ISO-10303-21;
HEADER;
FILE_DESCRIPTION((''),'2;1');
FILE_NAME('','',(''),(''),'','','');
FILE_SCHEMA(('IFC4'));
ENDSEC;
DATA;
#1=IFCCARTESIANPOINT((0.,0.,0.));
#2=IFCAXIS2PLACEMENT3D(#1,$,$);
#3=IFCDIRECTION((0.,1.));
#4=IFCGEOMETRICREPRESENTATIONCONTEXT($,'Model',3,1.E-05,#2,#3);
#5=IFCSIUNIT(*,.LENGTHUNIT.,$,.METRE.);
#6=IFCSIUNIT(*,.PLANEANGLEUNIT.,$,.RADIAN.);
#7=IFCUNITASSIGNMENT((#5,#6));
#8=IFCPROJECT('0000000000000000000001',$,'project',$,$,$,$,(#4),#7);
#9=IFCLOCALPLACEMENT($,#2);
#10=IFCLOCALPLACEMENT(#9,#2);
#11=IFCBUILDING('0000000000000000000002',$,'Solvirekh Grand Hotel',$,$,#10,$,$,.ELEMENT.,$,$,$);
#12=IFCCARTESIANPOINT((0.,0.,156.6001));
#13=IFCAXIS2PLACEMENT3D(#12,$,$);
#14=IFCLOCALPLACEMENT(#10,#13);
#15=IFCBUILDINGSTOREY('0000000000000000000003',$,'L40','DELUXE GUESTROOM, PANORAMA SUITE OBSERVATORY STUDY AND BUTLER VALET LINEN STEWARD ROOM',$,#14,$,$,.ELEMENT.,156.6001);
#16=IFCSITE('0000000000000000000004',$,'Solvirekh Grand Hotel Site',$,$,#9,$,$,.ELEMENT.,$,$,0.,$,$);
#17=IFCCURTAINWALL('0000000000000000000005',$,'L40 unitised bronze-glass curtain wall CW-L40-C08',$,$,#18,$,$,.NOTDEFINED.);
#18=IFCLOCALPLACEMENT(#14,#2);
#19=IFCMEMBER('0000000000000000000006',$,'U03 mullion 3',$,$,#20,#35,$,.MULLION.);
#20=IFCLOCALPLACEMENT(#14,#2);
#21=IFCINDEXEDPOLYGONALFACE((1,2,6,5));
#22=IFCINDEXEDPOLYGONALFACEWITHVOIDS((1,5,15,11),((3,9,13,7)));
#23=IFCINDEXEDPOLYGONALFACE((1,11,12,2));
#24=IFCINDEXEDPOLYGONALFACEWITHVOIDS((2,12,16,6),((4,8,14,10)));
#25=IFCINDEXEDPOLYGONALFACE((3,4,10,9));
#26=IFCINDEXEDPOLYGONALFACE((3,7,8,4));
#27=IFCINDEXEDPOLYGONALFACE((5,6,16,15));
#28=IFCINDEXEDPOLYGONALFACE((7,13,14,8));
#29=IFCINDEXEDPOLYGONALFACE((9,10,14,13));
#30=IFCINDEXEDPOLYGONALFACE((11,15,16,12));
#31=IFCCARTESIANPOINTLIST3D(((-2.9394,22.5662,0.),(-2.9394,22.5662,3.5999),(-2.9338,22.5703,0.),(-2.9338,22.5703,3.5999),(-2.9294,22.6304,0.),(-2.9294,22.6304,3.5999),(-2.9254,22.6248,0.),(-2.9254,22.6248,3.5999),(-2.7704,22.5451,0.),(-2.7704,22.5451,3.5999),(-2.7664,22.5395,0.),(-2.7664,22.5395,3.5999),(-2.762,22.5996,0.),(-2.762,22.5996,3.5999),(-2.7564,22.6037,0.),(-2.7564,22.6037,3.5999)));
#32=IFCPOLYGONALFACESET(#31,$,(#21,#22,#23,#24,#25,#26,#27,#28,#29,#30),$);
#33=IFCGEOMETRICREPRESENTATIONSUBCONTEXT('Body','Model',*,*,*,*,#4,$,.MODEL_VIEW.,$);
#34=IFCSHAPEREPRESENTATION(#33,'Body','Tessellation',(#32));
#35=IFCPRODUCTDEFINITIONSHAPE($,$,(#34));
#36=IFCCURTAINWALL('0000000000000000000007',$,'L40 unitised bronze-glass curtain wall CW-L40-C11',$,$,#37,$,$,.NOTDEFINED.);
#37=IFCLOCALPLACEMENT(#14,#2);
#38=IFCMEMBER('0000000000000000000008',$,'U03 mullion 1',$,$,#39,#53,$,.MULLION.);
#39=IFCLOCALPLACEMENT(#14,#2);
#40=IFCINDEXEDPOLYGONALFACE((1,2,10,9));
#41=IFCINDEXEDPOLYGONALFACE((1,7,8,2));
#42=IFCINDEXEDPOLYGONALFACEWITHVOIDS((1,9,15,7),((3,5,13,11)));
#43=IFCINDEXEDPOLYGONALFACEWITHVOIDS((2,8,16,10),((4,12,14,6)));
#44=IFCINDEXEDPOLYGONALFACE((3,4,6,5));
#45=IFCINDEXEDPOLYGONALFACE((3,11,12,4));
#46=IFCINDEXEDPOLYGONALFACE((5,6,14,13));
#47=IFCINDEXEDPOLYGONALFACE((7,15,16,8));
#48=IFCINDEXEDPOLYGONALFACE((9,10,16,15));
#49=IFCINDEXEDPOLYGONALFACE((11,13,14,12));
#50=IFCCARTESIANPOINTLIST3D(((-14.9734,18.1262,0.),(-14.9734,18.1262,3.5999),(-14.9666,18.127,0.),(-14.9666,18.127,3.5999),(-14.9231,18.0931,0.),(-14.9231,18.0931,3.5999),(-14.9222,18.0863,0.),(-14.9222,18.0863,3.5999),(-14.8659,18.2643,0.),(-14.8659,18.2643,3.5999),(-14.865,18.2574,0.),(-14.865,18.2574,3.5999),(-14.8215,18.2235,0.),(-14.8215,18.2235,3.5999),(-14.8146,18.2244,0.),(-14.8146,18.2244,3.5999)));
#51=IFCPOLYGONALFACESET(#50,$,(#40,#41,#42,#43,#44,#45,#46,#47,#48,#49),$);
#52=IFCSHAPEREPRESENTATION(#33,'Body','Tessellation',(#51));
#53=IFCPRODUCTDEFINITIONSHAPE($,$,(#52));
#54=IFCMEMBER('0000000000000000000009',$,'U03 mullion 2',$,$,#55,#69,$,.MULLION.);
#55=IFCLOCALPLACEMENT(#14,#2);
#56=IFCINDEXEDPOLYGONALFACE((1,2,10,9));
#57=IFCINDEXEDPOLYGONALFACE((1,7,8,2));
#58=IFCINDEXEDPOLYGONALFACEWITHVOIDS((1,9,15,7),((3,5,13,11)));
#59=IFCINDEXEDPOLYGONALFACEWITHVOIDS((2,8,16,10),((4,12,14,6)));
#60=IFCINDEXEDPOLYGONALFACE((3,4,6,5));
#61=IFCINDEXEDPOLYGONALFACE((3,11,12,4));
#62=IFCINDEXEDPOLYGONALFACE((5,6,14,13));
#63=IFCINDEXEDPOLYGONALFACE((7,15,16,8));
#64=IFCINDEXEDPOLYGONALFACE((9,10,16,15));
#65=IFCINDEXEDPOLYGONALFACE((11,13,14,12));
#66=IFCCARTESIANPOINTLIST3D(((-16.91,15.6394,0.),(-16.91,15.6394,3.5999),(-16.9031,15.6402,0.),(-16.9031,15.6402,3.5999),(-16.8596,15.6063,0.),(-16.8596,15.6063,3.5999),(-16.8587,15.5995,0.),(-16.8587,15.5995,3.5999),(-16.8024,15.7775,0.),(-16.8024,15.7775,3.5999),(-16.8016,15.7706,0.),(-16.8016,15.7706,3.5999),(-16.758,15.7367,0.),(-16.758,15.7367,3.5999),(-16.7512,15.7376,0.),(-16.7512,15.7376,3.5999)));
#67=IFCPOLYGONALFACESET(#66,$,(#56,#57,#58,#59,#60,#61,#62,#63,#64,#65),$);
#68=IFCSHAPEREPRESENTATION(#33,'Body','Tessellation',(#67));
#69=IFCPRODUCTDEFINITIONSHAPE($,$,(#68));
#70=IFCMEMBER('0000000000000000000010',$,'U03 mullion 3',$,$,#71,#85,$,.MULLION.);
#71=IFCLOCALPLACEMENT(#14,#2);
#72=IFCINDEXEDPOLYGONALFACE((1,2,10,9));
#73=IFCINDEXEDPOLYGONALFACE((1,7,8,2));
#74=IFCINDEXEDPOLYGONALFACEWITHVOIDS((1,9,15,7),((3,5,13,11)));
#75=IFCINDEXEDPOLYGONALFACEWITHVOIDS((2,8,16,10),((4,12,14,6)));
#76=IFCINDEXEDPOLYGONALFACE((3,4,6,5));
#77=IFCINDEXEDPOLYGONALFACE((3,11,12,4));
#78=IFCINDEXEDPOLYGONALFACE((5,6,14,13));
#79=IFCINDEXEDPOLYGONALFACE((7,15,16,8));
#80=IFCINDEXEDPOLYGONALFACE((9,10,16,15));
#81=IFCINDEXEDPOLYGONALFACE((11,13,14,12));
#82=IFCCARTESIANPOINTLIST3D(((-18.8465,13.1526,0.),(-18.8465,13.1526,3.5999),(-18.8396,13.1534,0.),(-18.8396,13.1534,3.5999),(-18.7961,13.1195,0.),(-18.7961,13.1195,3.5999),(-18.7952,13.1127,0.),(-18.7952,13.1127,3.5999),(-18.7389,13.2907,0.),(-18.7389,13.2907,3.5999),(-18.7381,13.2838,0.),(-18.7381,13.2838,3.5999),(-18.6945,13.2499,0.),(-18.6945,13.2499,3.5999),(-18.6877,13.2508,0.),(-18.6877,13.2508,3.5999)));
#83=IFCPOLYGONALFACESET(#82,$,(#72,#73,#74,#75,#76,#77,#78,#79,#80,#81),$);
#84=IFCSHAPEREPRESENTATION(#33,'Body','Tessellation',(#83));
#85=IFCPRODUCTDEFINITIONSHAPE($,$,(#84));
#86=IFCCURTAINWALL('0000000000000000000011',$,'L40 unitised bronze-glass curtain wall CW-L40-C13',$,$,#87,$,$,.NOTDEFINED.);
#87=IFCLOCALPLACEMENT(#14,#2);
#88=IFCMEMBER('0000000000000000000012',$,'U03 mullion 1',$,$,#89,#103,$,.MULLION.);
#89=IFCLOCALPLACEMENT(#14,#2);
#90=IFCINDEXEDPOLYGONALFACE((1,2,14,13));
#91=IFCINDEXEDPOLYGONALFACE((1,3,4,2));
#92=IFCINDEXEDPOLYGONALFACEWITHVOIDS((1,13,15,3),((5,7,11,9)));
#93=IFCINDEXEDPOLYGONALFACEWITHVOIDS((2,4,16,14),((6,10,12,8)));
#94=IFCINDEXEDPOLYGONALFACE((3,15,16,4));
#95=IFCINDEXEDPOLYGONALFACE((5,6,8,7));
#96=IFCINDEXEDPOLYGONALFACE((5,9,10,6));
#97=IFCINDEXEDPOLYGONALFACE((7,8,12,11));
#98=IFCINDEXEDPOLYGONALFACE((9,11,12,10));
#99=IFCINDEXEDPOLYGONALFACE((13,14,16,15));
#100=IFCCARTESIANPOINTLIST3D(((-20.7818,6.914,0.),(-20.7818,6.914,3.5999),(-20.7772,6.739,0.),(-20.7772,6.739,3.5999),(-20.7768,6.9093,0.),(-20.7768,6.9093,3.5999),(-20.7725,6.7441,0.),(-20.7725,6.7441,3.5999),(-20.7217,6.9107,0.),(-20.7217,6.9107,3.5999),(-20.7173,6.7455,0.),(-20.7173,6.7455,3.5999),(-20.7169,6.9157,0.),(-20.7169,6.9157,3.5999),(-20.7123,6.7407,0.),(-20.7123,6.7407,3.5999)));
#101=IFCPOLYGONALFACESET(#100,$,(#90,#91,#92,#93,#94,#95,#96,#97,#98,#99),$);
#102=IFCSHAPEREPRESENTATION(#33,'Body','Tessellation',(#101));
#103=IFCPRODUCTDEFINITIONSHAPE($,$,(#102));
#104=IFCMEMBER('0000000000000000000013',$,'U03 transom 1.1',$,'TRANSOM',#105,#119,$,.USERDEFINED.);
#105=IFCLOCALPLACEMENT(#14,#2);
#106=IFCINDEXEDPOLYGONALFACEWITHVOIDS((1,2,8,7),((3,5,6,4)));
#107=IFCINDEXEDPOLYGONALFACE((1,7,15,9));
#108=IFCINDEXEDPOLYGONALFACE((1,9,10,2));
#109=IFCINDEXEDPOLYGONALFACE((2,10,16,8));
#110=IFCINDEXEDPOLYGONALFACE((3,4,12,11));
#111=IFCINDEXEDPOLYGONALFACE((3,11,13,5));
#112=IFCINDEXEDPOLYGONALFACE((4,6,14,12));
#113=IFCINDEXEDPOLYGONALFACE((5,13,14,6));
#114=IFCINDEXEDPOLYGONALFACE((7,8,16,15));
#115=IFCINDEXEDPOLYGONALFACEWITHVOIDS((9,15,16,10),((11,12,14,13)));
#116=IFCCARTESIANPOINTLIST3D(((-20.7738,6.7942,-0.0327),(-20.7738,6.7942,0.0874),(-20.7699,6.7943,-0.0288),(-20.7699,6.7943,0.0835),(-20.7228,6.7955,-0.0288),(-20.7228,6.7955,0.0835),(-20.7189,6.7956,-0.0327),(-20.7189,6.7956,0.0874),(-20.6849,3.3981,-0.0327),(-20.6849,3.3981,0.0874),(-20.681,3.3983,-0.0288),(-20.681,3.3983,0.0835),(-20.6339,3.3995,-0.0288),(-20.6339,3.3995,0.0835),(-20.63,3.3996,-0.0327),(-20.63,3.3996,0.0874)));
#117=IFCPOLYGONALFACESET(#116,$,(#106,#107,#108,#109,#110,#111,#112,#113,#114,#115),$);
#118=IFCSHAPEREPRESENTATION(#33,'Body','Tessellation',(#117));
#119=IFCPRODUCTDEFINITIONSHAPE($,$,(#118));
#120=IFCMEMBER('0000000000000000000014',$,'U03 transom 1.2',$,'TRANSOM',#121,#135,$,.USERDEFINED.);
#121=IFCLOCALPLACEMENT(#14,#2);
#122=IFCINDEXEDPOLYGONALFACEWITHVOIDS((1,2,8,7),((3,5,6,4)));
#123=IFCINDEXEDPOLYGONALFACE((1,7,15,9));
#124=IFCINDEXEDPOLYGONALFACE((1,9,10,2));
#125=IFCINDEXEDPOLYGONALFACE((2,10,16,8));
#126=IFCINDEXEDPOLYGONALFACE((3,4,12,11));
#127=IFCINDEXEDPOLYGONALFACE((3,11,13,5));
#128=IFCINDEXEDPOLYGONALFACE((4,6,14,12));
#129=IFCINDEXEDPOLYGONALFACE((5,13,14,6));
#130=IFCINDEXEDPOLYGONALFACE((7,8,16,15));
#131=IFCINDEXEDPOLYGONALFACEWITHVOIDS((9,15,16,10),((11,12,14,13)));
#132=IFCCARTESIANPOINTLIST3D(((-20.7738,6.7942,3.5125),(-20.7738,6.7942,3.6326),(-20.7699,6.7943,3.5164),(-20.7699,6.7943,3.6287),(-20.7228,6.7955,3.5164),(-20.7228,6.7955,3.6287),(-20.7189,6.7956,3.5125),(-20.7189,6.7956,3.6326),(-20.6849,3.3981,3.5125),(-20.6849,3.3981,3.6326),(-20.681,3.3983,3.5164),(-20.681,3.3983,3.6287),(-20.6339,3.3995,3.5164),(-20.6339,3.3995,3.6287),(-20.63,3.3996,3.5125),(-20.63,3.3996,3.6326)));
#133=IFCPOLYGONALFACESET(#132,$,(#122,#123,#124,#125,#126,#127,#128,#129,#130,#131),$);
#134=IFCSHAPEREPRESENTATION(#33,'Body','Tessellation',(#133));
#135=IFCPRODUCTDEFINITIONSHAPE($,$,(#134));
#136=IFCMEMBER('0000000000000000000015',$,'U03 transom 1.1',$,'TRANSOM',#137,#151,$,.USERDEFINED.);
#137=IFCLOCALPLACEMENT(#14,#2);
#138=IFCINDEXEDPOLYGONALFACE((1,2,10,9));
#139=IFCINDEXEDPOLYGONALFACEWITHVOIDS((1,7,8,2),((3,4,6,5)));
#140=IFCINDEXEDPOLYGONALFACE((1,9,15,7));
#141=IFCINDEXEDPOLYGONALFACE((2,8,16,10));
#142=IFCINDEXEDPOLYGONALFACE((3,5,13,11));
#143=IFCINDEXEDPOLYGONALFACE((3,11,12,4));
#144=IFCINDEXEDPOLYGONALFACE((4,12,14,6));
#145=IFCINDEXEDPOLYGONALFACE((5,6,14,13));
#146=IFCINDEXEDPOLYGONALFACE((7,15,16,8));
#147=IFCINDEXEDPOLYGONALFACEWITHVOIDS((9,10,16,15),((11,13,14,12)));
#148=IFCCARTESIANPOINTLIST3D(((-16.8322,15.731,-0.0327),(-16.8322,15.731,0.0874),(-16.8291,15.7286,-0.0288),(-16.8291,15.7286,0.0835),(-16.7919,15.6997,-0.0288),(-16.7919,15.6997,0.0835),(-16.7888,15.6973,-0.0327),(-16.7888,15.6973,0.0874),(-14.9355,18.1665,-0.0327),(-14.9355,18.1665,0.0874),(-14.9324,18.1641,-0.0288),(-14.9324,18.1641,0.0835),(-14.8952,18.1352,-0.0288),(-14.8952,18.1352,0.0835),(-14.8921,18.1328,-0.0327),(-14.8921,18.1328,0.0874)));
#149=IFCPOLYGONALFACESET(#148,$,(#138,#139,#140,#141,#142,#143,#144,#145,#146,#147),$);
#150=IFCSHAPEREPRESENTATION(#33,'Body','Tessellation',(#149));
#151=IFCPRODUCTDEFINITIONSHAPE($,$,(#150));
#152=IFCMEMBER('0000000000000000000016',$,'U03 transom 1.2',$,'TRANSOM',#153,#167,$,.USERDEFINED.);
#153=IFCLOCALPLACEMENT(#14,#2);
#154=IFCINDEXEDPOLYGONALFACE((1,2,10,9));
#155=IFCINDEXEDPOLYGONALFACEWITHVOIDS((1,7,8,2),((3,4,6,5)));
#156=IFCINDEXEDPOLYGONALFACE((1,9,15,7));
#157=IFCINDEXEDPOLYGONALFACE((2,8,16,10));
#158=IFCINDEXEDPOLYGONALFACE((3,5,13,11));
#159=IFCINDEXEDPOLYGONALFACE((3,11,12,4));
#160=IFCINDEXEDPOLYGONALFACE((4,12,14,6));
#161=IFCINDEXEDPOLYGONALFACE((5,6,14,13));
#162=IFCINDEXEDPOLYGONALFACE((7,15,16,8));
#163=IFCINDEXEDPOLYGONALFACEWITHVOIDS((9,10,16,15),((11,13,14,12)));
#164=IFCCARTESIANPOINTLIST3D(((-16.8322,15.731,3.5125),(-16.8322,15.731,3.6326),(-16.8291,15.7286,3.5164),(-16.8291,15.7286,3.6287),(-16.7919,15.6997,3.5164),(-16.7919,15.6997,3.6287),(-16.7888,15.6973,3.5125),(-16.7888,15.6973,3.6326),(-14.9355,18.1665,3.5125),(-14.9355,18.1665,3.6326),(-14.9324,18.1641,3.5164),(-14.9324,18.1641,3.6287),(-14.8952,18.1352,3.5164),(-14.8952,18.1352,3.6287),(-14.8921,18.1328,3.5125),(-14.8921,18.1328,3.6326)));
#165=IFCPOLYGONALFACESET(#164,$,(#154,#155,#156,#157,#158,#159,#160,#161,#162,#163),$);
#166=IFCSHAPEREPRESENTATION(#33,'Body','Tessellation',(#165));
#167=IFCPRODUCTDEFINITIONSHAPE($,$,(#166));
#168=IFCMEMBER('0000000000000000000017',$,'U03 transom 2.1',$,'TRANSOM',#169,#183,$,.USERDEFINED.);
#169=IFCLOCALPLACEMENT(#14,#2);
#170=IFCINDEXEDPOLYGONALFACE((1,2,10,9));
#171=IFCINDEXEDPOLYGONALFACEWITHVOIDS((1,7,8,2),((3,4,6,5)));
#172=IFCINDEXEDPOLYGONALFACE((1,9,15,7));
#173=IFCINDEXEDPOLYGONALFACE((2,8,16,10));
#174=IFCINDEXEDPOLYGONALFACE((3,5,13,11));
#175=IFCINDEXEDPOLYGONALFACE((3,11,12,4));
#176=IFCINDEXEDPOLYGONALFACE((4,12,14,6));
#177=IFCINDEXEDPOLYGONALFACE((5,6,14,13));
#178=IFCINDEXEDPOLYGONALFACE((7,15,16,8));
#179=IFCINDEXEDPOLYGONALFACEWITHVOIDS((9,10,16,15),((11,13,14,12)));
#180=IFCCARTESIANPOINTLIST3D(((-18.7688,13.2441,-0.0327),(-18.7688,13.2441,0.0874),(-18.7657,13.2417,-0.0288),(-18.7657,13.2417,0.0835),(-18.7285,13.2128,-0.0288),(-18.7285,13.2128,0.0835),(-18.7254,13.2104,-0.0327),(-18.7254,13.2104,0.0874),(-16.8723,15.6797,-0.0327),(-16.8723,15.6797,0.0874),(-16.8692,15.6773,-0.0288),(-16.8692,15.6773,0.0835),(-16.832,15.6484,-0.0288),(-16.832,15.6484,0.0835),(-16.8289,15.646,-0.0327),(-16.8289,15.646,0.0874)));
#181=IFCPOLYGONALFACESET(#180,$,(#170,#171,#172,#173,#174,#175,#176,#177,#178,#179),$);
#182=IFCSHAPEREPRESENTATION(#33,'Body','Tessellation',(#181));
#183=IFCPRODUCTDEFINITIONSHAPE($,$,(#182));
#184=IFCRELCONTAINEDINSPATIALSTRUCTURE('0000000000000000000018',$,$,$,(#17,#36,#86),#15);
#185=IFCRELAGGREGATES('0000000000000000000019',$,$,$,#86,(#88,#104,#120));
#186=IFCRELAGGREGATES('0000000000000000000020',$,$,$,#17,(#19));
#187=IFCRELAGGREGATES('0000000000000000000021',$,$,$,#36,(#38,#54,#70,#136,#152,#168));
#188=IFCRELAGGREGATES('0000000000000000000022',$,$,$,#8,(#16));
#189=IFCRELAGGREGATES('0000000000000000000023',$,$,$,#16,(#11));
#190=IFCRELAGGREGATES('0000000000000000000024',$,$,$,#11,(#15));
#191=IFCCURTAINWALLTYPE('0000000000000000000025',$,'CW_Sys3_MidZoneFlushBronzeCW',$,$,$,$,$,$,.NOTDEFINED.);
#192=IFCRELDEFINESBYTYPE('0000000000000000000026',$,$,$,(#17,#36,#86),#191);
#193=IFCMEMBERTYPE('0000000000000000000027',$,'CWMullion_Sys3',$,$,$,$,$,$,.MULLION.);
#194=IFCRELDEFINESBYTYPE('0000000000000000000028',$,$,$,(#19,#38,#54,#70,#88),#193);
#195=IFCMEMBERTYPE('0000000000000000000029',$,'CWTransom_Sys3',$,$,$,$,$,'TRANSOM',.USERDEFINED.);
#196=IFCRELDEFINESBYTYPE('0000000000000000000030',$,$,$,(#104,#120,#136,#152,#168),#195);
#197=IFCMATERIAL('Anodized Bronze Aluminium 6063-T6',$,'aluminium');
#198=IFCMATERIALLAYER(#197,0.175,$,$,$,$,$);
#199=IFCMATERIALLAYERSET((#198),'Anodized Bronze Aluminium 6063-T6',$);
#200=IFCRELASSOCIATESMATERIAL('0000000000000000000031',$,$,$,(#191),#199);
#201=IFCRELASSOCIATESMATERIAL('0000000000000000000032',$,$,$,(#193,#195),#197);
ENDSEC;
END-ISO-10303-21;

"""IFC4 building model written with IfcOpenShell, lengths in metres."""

from ifc_helpers import new_model, si_unit, direction, frame, origin, origin_2d, place, context, subcontext, project, spatial, hollow_rectangle, extrude, source, transform, mapped, material, layer, layer_set, material_profile, profile_set, type_object, element, aggregate, save


model = new_model("IFC4")

# Units and contexts
model_context = context("Model", 3, precision=1e-05, world=origin(), true_north=direction((0.0, 1.0)))
body_context = subcontext(model_context, "Body", "Model", "MODEL_VIEW")
ifc_project = project(units=[si_unit("LENGTHUNIT", "METRE"), si_unit("PLANEANGLEUNIT", "RADIAN")], contexts=[model_context])

# Site, building, storey
site_placement = place(None, origin())
site = spatial("IfcSite", under=ifc_project, at=site_placement, Name="Solvirekh Grand Hotel Site", CompositionType="ELEMENT", RefElevation=0.0)
building_placement = place(site_placement, origin())
building = spatial("IfcBuilding", under=site, at=building_placement, Name="Solvirekh Grand Hotel", CompositionType="ELEMENT")
storey_placement = place(building_placement, frame((0.0, 0.0, 156.6001)))
storey = spatial("IfcBuildingStorey", under=building, at=storey_placement, Name="L40", Description="DELUXE GUESTROOM, PANORAMA SUITE OBSERVATORY STUDY AND BUTLER VALET LINEN STEWARD ROOM", CompositionType="ELEMENT", Elevation=156.6001)

# Curtain wall, member
ifc_material_1 = material(Name="Anodized Bronze Aluminium 6063-T6", Category="aluminium")
ifc_layer_1 = layer(ifc_material_1, 0.175)
ifc_layer_set_1 = layer_set([ifc_layer_1], Name="Anodized Bronze Aluminium 6063-T6")
curtain_wall_type = type_object("IfcCurtainWallType", Name="CW_Sys3_MidZoneFlushBronzeCW", PredefinedType="NOTDEFINED", material=ifc_layer_set_1)
curtain_wall_1_placement = place(storey_placement, origin())
curtain_wall_1 = element("IfcCurtainWall", 1, at=curtain_wall_1_placement, inside=storey, type_object=curtain_wall_type, Name="L40 unitised bronze-glass curtain wall CW-L40-C08", PredefinedType="NOTDEFINED")
ifc_material_profile_1 = material_profile(ifc_material_1, hollow_rectangle(XDim=0.0649, YDim=0.175, WallThickness=0.0049, at=origin_2d()), Name="ALU RHS 175X65X5")
ifc_profile_set_1 = profile_set([ifc_material_profile_1], Name="Anodized Bronze Aluminium 6063-T6")
member_type_1 = type_object("IfcMemberType", Name="CWMullion_Sys3", PredefinedType="MULLION", material=ifc_profile_set_1)
shared_shape_1 = source(origin(), body_context, "Body", "SweptSolid", [
    extrude(hollow_rectangle(XDim=0.0649, YDim=0.175, WallThickness=0.0049, at=origin_2d()), origin(), (0.0, 0.0, 1.0), 3.5999),
])
member_1_placement = place(storey_placement, frame((-2.8479, 22.585, 0.0), z_axis=(0.0, 0.0, 1.0), x_axis=(-0.152509, -0.988302, 0.0)))
member_1 = element("IfcMember", 2, at=member_1_placement, type_object=member_type_1, Name="U03 mullion 3", PredefinedType="MULLION", context=body_context, shape_type="MappedRepresentation", body=[
    mapped(shared_shape_1, transform((0.0, 0.0, 0.0), x_axis=(1.0, 0.0, 0.0), y_axis=(0.0, 1.0, 0.0), z_axis=(0.0, 0.0, 1.0), scale=1.0)),
])

# Curtain walls, members
curtain_wall_2_placement = place(storey_placement, origin())
curtain_wall_2 = element("IfcCurtainWall", 3, at=curtain_wall_2_placement, inside=storey, type_object=curtain_wall_type, Name="L40 unitised bronze-glass curtain wall CW-L40-C11", PredefinedType="NOTDEFINED")
member_2_placement = place(storey_placement, frame((-14.894, 18.1753, 0.0), z_axis=(0.0, 0.0, 1.0), x_axis=(0.788997, -0.614397, 0.0)))
member_2 = element("IfcMember", 4, at=member_2_placement, type_object=member_type_1, Name="U03 mullion 1", PredefinedType="MULLION", context=body_context, shape_type="MappedRepresentation", body=[
    mapped(shared_shape_1, transform((0.0, 0.0, 0.0), x_axis=(1.0, 0.0, 0.0), y_axis=(0.0, 1.0, 0.0), z_axis=(0.0, 0.0, 1.0), scale=1.0)),
])
member_3_placement = place(storey_placement, frame((-16.8306, 15.6885, 0.0), z_axis=(0.0, 0.0, 1.0), x_axis=(0.788997, -0.614397, 0.0)))
member_3 = element("IfcMember", 5, at=member_3_placement, type_object=member_type_1, Name="U03 mullion 2", PredefinedType="MULLION", context=body_context, shape_type="MappedRepresentation", body=[
    mapped(shared_shape_1, transform((0.0, 0.0, 0.0), x_axis=(1.0, 0.0, 0.0), y_axis=(0.0, 1.0, 0.0), z_axis=(0.0, 0.0, 1.0), scale=1.0)),
])
member_4_placement = place(storey_placement, frame((-18.7671, 13.2017, 0.0), z_axis=(0.0, 0.0, 1.0), x_axis=(0.788997, -0.614397, 0.0)))
member_4 = element("IfcMember", 6, at=member_4_placement, type_object=member_type_1, Name="U03 mullion 3", PredefinedType="MULLION", context=body_context, shape_type="MappedRepresentation", body=[
    mapped(shared_shape_1, transform((0.0, 0.0, 0.0), x_axis=(1.0, 0.0, 0.0), y_axis=(0.0, 1.0, 0.0), z_axis=(0.0, 0.0, 1.0), scale=1.0)),
])
curtain_wall_3_placement = place(storey_placement, origin())
curtain_wall_3 = element("IfcCurtainWall", 7, at=curtain_wall_3_placement, inside=storey, type_object=curtain_wall_type, Name="L40 unitised bronze-glass curtain wall CW-L40-C13", PredefinedType="NOTDEFINED")
member_5_placement = place(storey_placement, frame((-20.7471, 6.8274, 0.0), z_axis=(0.0, 0.0, 1.0), x_axis=(0.999657, 0.026183, 0.0)))
member_5 = element("IfcMember", 8, at=member_5_placement, type_object=member_type_1, Name="U03 mullion 1", PredefinedType="MULLION", context=body_context, shape_type="MappedRepresentation", body=[
    mapped(shared_shape_1, transform((0.0, 0.0, 0.0), x_axis=(1.0, 0.0, 0.0), y_axis=(0.0, 1.0, 0.0), z_axis=(0.0, 0.0, 1.0), scale=1.0)),
])
ifc_material_profile_2 = material_profile(ifc_material_1, hollow_rectangle(XDim=0.0549, YDim=0.1201, WallThickness=0.0039, at=origin_2d()), Name="ALU RHS 120X55X4")
ifc_profile_set_2 = profile_set([ifc_material_profile_2], Name="Anodized Bronze Aluminium 6063-T6")
member_type_2 = type_object("IfcMemberType", Name="CWTransom_Sys3", ElementType="TRANSOM", PredefinedType="USERDEFINED", material=ifc_profile_set_2)
shared_shape_2 = source(origin(), body_context, "Body", "SweptSolid", [
    extrude(hollow_rectangle(XDim=0.0549, YDim=0.1201, WallThickness=0.0039, at=origin_2d()), origin(), (0.0, 0.0, 1.0), 3.3972),
])
member_6_placement = place(storey_placement, frame((-20.7463, 6.7949, 0.0273), z_axis=(0.026159, -0.999658, 0.0), x_axis=(0.999658, 0.026159, 0.0)))
member_6 = element("IfcMember", 9, at=member_6_placement, type_object=member_type_2, Name="U03 transom 1.1", ObjectType="TRANSOM", PredefinedType="USERDEFINED", context=body_context, shape_type="MappedRepresentation", body=[
    mapped(shared_shape_2, transform((0.0, 0.0, 0.0), x_axis=(1.0, 0.0, 0.0), y_axis=(0.0, 1.0, 0.0), z_axis=(0.0, 0.0, 1.0), scale=1.0)),
])
member_7_placement = place(storey_placement, frame((-20.7463, 6.7949, 3.5725), z_axis=(0.026159, -0.999658, 0.0), x_axis=(0.999658, 0.026159, 0.0)))
member_7 = element("IfcMember", 10, at=member_7_placement, type_object=member_type_2, Name="U03 transom 1.2", ObjectType="TRANSOM", PredefinedType="USERDEFINED", context=body_context, shape_type="MappedRepresentation", body=[
    mapped(shared_shape_2, transform((0.0, 0.0, 0.0), x_axis=(1.0, 0.0, 0.0), y_axis=(0.0, 1.0, 0.0), z_axis=(0.0, 0.0, 1.0), scale=1.0)),
])
aggregate(curtain_wall_3, [member_5, member_6, member_7])

# Members
shared_shape_3 = source(origin(), body_context, "Body", "SweptSolid", [
    extrude(hollow_rectangle(XDim=0.0549, YDim=0.1201, WallThickness=0.0039, at=origin_2d()), origin(), (0.0, 0.0, 1.0), 3.0869),
])
member_8_placement = place(storey_placement, frame((-14.9138, 18.1497, 0.0273), z_axis=(-0.614428, -0.788973, 0.0), x_axis=(0.788973, -0.614428, 0.0)))
member_8 = element("IfcMember", 11, at=member_8_placement, type_object=member_type_2, Name="U03 transom 1.1", ObjectType="TRANSOM", PredefinedType="USERDEFINED", context=body_context, shape_type="MappedRepresentation", body=[
    mapped(shared_shape_3, transform((0.0, 0.0, 0.0), x_axis=(1.0, 0.0, 0.0), y_axis=(0.0, 1.0, 0.0), z_axis=(0.0, 0.0, 1.0), scale=1.0)),
])
member_9_placement = place(storey_placement, frame((-14.9138, 18.1497, 3.5725), z_axis=(-0.614428, -0.788973, 0.0), x_axis=(0.788973, -0.614428, 0.0)))
member_9 = element("IfcMember", 12, at=member_9_placement, type_object=member_type_2, Name="U03 transom 1.2", ObjectType="TRANSOM", PredefinedType="USERDEFINED", context=body_context, shape_type="MappedRepresentation", body=[
    mapped(shared_shape_3, transform((0.0, 0.0, 0.0), x_axis=(1.0, 0.0, 0.0), y_axis=(0.0, 1.0, 0.0), z_axis=(0.0, 0.0, 1.0), scale=1.0)),
])
member_10_placement = place(storey_placement, frame((-16.8506, 15.6628, 0.0273), z_axis=(-0.614379, -0.789011, 0.0), x_axis=(0.789011, -0.614379, 0.0)))
member_10 = element("IfcMember", 13, at=member_10_placement, type_object=member_type_2, Name="U03 transom 2.1", ObjectType="TRANSOM", PredefinedType="USERDEFINED", context=body_context, shape_type="MappedRepresentation", body=[
    mapped(shared_shape_3, transform((0.0, 0.0, 0.0), x_axis=(1.0, 0.0, 0.0), y_axis=(0.0, 1.0, 0.0), z_axis=(0.0, 0.0, 1.0), scale=1.0)),
])

aggregate(curtain_wall_1, [member_1])
aggregate(curtain_wall_2, [member_2, member_3, member_4, member_8, member_9, member_10])

save(model, "model.ifc")
